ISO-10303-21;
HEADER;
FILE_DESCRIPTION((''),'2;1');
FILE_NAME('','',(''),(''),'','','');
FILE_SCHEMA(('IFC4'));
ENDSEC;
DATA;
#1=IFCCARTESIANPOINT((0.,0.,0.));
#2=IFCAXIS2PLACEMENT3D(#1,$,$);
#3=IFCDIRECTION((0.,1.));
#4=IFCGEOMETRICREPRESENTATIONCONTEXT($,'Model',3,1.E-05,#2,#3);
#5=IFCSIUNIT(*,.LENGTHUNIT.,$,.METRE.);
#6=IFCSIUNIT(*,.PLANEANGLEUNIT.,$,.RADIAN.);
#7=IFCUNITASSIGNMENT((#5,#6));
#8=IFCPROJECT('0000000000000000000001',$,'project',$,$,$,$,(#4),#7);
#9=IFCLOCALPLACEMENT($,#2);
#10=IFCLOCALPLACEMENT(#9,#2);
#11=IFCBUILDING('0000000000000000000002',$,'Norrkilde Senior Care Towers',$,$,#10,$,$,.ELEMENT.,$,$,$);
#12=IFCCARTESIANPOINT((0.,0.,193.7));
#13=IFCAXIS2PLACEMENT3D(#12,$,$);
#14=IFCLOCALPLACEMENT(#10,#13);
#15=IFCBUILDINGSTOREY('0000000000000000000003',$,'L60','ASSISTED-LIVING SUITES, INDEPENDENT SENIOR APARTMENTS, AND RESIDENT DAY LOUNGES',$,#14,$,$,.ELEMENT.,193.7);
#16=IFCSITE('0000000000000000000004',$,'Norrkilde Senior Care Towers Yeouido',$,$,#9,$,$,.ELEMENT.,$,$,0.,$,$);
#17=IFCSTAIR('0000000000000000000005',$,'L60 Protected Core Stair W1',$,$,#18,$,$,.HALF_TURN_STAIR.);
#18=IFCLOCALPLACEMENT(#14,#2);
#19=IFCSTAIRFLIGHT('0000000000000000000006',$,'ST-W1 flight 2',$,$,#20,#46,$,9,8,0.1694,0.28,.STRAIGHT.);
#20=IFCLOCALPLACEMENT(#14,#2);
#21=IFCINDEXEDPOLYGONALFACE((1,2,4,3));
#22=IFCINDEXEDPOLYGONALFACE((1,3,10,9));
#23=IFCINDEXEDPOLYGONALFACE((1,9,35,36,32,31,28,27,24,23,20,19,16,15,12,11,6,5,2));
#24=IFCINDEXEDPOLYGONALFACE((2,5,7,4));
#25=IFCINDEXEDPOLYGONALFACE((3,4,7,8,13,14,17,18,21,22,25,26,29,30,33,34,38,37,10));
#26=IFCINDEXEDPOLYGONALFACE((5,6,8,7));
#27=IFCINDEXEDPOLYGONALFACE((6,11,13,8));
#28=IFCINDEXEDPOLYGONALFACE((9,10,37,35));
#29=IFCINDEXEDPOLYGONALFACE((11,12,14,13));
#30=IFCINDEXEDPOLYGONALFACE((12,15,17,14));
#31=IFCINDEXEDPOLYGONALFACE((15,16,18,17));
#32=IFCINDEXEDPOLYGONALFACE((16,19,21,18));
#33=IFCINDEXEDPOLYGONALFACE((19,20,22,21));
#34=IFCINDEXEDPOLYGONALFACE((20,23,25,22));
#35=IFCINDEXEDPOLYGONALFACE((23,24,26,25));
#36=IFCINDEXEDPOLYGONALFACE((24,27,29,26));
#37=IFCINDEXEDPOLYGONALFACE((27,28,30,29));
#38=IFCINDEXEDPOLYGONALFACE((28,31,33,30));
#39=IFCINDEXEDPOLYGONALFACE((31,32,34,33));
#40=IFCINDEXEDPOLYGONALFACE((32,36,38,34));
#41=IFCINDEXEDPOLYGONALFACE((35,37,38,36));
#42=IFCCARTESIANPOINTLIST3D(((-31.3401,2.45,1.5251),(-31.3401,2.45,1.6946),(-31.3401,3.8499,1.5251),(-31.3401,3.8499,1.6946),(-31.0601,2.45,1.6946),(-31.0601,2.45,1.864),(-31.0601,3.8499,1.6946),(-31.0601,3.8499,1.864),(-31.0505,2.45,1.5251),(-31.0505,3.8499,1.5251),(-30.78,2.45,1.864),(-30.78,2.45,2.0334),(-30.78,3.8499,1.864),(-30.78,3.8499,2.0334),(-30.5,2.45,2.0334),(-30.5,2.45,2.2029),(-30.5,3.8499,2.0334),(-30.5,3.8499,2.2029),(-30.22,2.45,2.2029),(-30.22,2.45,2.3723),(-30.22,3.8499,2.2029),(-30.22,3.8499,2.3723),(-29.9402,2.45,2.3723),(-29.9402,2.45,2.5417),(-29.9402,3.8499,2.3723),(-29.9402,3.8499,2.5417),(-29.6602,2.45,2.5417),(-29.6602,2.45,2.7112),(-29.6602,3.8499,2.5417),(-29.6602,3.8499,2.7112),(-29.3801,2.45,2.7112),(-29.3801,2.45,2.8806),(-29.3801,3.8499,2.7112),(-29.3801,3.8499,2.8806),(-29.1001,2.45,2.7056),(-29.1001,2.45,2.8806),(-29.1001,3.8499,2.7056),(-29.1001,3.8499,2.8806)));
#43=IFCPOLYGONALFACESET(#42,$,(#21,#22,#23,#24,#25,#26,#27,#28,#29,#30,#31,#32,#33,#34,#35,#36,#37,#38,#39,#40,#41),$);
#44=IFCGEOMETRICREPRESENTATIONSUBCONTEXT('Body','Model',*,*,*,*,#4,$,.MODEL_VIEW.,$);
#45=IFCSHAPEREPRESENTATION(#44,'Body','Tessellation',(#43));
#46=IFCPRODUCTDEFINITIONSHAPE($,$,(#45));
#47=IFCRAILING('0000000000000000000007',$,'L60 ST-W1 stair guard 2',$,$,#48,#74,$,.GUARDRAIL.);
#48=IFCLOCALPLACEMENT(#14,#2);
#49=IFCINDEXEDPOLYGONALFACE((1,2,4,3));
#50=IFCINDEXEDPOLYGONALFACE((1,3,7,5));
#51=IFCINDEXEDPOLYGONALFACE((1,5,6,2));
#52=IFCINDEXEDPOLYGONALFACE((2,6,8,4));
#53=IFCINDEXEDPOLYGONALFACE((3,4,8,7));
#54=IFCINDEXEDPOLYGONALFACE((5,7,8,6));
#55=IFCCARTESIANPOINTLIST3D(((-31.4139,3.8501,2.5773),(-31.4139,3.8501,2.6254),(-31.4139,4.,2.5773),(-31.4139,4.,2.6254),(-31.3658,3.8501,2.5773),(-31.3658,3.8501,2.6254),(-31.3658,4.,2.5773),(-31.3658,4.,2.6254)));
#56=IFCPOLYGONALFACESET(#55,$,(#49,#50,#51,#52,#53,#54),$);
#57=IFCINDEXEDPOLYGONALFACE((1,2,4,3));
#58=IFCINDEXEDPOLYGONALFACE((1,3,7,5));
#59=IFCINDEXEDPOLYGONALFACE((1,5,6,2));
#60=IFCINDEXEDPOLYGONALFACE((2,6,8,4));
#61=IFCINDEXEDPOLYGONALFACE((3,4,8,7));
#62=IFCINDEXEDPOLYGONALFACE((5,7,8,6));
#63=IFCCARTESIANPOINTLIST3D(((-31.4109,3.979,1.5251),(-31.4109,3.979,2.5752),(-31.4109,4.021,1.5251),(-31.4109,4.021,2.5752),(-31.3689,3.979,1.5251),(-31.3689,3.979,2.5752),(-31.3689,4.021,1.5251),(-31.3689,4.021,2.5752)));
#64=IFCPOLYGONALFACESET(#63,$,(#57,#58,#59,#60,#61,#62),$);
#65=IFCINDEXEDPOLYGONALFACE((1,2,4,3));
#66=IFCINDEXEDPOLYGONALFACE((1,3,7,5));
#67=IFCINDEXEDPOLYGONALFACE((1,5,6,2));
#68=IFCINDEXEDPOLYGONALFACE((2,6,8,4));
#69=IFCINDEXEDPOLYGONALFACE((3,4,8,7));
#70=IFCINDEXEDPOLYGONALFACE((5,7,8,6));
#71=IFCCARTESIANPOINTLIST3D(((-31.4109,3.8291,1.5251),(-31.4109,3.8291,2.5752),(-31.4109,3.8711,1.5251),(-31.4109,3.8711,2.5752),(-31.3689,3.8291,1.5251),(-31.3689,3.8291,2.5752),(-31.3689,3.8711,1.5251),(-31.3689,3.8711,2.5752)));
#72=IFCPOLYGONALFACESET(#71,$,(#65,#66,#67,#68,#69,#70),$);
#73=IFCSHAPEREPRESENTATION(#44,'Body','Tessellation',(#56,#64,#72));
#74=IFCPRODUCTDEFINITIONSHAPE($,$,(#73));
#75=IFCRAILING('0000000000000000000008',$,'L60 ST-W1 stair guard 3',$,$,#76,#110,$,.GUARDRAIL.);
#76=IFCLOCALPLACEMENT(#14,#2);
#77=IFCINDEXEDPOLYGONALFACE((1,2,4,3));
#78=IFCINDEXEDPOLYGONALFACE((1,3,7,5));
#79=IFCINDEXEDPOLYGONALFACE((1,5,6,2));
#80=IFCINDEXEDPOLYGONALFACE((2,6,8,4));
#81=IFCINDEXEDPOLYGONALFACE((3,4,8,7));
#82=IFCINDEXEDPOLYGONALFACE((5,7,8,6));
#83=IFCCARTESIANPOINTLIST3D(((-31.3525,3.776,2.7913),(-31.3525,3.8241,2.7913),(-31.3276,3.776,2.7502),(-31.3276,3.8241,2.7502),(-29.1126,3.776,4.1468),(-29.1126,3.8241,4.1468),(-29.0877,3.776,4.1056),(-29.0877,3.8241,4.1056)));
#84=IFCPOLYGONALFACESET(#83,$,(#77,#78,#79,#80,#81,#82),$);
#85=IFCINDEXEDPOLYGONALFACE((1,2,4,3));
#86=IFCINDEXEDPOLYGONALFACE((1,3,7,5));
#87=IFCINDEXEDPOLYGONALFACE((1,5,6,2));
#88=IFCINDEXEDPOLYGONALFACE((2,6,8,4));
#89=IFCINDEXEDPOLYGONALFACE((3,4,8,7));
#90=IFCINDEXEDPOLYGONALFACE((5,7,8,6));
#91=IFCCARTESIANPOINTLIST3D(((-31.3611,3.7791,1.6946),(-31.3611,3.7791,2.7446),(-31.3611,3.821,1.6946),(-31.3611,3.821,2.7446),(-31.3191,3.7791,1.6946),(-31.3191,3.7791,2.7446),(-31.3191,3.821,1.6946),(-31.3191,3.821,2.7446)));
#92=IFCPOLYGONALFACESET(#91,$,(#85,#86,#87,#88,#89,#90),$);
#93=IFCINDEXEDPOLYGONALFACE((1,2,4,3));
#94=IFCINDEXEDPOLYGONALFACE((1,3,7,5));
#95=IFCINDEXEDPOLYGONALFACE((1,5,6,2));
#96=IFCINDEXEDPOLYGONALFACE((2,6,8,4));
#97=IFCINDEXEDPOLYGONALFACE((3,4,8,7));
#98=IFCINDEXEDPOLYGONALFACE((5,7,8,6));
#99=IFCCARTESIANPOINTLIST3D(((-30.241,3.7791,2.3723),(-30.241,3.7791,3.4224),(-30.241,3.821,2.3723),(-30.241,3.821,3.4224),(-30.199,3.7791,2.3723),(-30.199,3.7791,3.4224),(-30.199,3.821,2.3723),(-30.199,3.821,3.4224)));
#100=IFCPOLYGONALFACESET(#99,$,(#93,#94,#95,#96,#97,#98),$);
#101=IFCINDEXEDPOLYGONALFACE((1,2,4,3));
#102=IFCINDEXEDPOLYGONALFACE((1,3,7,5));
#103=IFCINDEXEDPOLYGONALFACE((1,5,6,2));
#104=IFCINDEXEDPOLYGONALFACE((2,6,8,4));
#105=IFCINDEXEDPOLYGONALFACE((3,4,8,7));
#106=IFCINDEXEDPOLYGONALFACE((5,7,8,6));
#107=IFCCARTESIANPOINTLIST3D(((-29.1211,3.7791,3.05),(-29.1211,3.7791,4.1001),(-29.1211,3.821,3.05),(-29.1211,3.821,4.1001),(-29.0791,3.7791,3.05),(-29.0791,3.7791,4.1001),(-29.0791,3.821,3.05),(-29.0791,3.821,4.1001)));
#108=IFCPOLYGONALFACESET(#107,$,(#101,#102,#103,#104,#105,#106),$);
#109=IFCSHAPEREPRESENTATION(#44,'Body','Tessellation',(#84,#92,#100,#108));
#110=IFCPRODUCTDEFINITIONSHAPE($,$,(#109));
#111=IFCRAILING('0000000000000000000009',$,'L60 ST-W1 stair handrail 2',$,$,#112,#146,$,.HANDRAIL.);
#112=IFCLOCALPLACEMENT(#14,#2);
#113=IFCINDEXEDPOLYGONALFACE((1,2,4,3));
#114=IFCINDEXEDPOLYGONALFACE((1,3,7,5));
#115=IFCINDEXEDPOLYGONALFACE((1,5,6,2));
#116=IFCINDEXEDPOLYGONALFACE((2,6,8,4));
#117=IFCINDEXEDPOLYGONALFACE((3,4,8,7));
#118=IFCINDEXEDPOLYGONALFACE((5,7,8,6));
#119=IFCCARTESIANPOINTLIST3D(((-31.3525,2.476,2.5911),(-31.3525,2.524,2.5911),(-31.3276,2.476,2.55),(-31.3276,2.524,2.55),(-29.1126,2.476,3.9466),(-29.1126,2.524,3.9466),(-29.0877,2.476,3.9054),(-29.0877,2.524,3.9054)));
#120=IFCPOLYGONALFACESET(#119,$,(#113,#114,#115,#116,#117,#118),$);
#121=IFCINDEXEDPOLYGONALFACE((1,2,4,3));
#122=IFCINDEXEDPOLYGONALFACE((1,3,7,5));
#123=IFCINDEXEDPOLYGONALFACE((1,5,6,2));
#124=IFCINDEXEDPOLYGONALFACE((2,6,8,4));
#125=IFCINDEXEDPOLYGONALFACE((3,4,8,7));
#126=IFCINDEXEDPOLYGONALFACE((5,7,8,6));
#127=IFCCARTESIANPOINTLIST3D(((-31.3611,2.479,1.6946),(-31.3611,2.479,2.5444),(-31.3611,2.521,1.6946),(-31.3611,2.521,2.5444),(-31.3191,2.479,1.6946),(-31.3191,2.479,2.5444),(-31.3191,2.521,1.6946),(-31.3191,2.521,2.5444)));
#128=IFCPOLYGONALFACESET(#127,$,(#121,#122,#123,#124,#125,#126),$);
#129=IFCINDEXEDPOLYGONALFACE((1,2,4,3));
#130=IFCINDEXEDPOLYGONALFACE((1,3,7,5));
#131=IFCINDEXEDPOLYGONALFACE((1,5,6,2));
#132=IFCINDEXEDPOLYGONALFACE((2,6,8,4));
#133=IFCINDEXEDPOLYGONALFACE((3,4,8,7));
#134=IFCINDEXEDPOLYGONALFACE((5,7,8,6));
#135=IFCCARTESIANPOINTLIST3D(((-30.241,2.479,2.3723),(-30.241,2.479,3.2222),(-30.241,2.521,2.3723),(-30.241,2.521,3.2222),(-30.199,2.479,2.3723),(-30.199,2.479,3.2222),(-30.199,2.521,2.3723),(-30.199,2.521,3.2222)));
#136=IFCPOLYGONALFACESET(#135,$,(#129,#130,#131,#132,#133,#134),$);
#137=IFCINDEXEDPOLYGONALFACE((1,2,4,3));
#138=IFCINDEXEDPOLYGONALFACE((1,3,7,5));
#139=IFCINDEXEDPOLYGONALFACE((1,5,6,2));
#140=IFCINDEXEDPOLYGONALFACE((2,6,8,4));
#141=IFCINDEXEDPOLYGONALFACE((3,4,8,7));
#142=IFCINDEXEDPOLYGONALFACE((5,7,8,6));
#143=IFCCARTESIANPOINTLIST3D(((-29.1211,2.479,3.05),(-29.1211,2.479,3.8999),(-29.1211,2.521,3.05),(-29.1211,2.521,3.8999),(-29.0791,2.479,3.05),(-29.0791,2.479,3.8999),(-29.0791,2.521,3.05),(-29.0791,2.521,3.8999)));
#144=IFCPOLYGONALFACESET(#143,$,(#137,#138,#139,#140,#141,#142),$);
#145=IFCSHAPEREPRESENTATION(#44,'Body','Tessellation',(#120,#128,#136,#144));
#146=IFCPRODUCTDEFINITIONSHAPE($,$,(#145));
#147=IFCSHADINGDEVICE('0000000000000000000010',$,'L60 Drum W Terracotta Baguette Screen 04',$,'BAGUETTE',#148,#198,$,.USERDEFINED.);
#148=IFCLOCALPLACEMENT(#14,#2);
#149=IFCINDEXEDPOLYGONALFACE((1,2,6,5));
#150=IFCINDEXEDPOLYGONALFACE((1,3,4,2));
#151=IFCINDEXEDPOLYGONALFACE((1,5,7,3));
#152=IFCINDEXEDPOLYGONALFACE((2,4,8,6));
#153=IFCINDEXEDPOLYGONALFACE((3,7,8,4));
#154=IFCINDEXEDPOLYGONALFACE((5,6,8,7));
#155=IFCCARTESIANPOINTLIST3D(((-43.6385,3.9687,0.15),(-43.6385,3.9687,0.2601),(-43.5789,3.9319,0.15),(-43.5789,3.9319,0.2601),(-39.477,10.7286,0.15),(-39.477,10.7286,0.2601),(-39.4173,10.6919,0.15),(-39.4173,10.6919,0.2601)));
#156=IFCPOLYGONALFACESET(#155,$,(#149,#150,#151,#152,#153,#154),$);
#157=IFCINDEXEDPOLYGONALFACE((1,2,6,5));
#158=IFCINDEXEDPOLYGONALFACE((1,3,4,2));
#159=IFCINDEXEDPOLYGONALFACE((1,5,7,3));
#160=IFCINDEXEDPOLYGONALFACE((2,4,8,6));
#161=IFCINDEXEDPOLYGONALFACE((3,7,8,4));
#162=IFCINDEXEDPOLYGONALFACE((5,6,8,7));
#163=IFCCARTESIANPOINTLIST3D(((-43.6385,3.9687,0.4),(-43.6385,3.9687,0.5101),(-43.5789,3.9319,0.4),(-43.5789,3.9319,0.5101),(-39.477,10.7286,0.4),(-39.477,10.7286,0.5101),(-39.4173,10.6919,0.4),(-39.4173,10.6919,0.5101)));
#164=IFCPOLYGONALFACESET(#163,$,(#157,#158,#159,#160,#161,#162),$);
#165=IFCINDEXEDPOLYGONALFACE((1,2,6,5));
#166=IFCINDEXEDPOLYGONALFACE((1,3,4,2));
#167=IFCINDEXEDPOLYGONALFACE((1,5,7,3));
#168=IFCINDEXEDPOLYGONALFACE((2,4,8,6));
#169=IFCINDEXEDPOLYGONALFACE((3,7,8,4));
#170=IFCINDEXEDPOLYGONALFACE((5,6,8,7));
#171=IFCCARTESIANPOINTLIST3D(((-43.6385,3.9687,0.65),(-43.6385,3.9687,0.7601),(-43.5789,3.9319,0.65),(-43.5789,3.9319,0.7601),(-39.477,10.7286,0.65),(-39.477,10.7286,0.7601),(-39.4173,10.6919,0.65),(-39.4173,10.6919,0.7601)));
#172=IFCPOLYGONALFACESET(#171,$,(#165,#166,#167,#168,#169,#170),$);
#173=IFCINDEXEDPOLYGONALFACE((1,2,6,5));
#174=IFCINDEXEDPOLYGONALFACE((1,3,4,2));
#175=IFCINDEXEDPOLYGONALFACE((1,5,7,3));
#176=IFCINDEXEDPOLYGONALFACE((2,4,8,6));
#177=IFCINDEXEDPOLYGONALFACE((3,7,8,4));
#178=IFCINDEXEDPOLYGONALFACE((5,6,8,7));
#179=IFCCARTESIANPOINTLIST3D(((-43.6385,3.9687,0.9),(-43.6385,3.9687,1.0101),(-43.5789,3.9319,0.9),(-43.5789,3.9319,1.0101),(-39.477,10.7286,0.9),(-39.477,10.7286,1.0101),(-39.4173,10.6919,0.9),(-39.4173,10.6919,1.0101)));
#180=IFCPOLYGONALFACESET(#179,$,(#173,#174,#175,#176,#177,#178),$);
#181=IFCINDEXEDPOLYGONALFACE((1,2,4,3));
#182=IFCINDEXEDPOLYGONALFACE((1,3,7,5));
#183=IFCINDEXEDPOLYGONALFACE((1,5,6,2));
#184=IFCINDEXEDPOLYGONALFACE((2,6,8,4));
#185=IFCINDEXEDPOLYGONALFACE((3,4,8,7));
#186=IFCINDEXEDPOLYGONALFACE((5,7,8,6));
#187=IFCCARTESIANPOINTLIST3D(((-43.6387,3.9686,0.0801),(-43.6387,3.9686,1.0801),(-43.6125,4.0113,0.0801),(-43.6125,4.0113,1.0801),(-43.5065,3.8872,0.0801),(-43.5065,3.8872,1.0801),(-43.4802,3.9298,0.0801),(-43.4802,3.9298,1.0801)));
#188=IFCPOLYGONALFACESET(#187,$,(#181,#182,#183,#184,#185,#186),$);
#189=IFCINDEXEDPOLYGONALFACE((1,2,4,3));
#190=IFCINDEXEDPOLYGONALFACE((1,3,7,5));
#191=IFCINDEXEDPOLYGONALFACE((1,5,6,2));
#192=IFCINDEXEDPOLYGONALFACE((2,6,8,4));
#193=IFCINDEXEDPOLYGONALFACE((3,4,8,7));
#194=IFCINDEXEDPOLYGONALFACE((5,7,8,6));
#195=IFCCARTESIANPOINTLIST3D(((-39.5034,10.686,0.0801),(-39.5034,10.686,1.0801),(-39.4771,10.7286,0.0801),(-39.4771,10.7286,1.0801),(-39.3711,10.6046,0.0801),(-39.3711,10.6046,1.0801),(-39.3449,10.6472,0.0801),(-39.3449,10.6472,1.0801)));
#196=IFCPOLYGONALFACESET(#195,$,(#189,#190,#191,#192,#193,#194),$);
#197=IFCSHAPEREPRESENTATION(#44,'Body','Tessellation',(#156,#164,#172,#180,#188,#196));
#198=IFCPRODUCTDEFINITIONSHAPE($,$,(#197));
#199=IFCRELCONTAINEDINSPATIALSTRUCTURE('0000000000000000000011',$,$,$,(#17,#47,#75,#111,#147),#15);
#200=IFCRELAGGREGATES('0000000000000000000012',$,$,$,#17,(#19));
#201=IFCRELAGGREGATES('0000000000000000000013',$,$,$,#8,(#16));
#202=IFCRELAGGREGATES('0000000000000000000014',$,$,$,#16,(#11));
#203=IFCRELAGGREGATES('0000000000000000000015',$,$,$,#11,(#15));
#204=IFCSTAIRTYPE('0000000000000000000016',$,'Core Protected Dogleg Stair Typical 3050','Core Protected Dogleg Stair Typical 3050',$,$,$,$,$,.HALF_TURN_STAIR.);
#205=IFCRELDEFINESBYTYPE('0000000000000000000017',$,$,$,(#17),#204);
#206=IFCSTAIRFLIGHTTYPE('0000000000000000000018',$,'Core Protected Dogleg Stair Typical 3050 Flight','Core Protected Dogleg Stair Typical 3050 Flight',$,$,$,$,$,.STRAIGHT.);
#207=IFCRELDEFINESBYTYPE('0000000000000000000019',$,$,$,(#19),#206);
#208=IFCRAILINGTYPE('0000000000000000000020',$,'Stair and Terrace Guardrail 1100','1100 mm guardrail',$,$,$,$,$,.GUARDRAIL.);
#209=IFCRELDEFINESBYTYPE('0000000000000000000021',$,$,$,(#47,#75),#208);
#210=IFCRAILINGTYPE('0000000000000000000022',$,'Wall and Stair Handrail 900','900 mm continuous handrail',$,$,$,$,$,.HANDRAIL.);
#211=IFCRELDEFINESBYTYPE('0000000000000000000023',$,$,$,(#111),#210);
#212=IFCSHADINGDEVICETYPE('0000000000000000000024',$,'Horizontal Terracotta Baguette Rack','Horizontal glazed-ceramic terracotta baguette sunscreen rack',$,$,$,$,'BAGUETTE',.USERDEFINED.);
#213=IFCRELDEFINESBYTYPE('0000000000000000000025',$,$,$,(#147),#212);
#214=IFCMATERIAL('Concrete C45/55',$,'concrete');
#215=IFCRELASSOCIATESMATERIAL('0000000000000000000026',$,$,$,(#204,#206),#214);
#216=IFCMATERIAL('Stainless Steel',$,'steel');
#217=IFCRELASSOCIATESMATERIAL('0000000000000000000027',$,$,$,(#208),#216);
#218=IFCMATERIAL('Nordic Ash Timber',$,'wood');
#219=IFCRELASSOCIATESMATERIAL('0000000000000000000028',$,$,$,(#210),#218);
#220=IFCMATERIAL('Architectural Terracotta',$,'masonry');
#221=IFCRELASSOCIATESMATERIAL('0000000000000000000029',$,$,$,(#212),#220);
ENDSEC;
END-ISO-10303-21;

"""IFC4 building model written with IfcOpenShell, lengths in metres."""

from ifc_helpers import new_model, si_unit, direction, frame, origin, origin_2d, place, context, subcontext, project, spatial, polyline, rectangle, outline, extrude, source, transform, mapped, material, type_object, type_shapes, element, aggregate, save


model = new_model("IFC4")

# Units and contexts
model_context = context("Model", 3, precision=1e-05, world=origin(), true_north=direction((0.0, 1.0)))
body_context = subcontext(model_context, "Body", "Model", "MODEL_VIEW")
ifc_project = project(units=[si_unit("LENGTHUNIT", "METRE"), si_unit("PLANEANGLEUNIT", "RADIAN")], contexts=[model_context])

# Site, building, storey
site_placement = place(None, origin())
site = spatial("IfcSite", under=ifc_project, at=site_placement, Name="Norrkilde Senior Care Towers Yeouido", CompositionType="ELEMENT", RefElevation=0.0)
building_placement = place(site_placement, origin())
building = spatial("IfcBuilding", under=site, at=building_placement, Name="Norrkilde Senior Care Towers", CompositionType="ELEMENT")
storey_placement = place(building_placement, frame((0.0, 0.0, 193.7)))
storey = spatial("IfcBuildingStorey", under=building, at=storey_placement, Name="L60", Description="ASSISTED-LIVING SUITES, INDEPENDENT SENIOR APARTMENTS, AND RESIDENT DAY LOUNGES", CompositionType="ELEMENT", Elevation=193.7)

# Shared definitions
ifc_material_1 = material(Name="Concrete C45/55", Category="concrete")
ifc_material_2 = material(Name="Nordic Ash Timber", Category="wood")

# Stair, stair flight
stair_type = type_object("IfcStairType", Name="Core Protected Dogleg Stair Typical 3050", Description="Core Protected Dogleg Stair Typical 3050", PredefinedType="HALF_TURN_STAIR", material=ifc_material_1)
stair_placement = place(storey_placement, origin())
stair = element("IfcStair", 1, at=stair_placement, inside=storey, type_object=stair_type, Name="L60 Protected Core Stair W1", PredefinedType="HALF_TURN_STAIR")
stair_flight_type = type_object("IfcStairFlightType", Name="Core Protected Dogleg Stair Typical 3050 Flight", Description="Core Protected Dogleg Stair Typical 3050 Flight", PredefinedType="STRAIGHT", material=ifc_material_1)
stair_flight_placement = place(storey_placement, frame((-31.3401, 3.1499, 1.5251), z_axis=(0.0, 0.0, 1.0), x_axis=(1.0, 0.0, 0.0)))
stair_flight = element("IfcStairFlight", 2, at=stair_flight_placement, type_object=stair_flight_type, Name="ST-W1 flight 2", NumberOfRisers=9, NumberOfTreads=8, PredefinedType="STRAIGHT", RiserHeight=0.1694, TreadLength=0.28, context=body_context, shape_type="SweptSolid", body=[
    extrude(outline(polyline([(0.0, 0.0), (0.0, 0.1694), (0.28, 0.1694), (0.28, 0.3389), (0.5601, 0.3389), (0.5601, 0.5083), (0.8401, 0.5083), (0.8401, 0.6777), (1.1201, 0.6777), (1.1201, 0.8472), (1.3999, 0.8472), (1.3999, 1.0166), (1.6799, 1.0166), (1.6799, 1.186), (1.96, 1.186), (1.96, 1.3555), (2.24, 1.3555), (2.24, 1.5249), (2.24, 1.1804), (0.2896, 0.0), (0.0, 0.0)])), frame((0.0, 0.7, 0.0), z_axis=(0.0, -1.0, 0.0), x_axis=(1.0, 0.0, 0.0)), (0.0, 0.0, 1.0), 1.3999),
])
aggregate(stair, [stair_flight])

# Railings
ifc_material_3 = material(Name="Stainless Steel", Category="steel")
railing_type_1 = type_object("IfcRailingType", Name="Stair and Terrace Guardrail 1100", Description="1100 mm guardrail", PredefinedType="GUARDRAIL", material=ifc_material_3)
railing_1_placement = place(storey_placement, frame((-31.3899, 4.0, 1.5251)))
element("IfcRailing", 3, at=railing_1_placement, inside=storey, type_object=railing_type_1, Name="L60 ST-W1 stair guard 2", PredefinedType="GUARDRAIL", context=body_context, shape_type="SweptSolid", body=[
    extrude(rectangle(XDim=0.0481, YDim=0.0481, at=origin_2d()), frame((0.0, 0.0, 1.0762), z_axis=(0.0, -1.0, 0.0), x_axis=(1.0, 0.0, 0.0)), (0.0, 0.0, 1.0), 0.1499),
    extrude(rectangle(XDim=0.042, YDim=0.042, at=origin_2d()), origin(), (0.0, 0.0, 1.0), 1.05),
    extrude(rectangle(XDim=0.042, YDim=0.042, at=origin_2d()), frame((0.0, -0.1499, 0.0)), (0.0, 0.0, 1.0), 1.05),
])
railing_2_placement = place(storey_placement, frame((-31.3401, 3.8, 1.6946)))
element("IfcRailing", 4, at=railing_2_placement, inside=storey, type_object=railing_type_1, Name="L60 ST-W1 stair guard 3", PredefinedType="GUARDRAIL", context=body_context, shape_type="SweptSolid", body=[
    extrude(rectangle(XDim=0.0481, YDim=0.0481, at=origin_2d()), frame((0.0, 0.0, 1.0762), z_axis=(0.855553, 0.0, 0.517715), x_axis=(0.0, 1.0, 0.0)), (0.0, 0.0, 1.0), 2.6182),
    extrude(rectangle(XDim=0.042, YDim=0.042, at=origin_2d()), origin(), (0.0, 0.0, 1.0), 1.05),
    extrude(rectangle(XDim=0.042, YDim=0.042, at=origin_2d()), frame((1.1201, 0.0, 0.6777)), (0.0, 0.0, 1.0), 1.05),
    extrude(rectangle(XDim=0.042, YDim=0.042, at=origin_2d()), frame((2.24, 0.0, 1.3555)), (0.0, 0.0, 1.0), 1.05),
])
railing_type_2 = type_object("IfcRailingType", Name="Wall and Stair Handrail 900", Description="900 mm continuous handrail", PredefinedType="HANDRAIL", material=ifc_material_2)
railing_3_placement = place(storey_placement, frame((-31.3401, 2.5, 1.6946)))
element("IfcRailing", 5, at=railing_3_placement, inside=storey, type_object=railing_type_2, Name="L60 ST-W1 stair handrail 2", PredefinedType="HANDRAIL", context=body_context, shape_type="SweptSolid", body=[
    extrude(rectangle(XDim=0.0481, YDim=0.0481, at=origin_2d()), frame((0.0, 0.0, 0.876), z_axis=(0.855553, 0.0, 0.517715), x_axis=(0.0, 1.0, 0.0)), (0.0, 0.0, 1.0), 2.6182),
    extrude(rectangle(XDim=0.042, YDim=0.042, at=origin_2d()), origin(), (0.0, 0.0, 1.0), 0.8499),
    extrude(rectangle(XDim=0.042, YDim=0.042, at=origin_2d()), frame((1.1201, 0.0, 0.6777)), (0.0, 0.0, 1.0), 0.8499),
    extrude(rectangle(XDim=0.042, YDim=0.042, at=origin_2d()), frame((2.24, 0.0, 1.3555)), (0.0, 0.0, 1.0), 0.8499),
])

# Shading device
ifc_material_4 = material(Name="Architectural Terracotta", Category="masonry")
shading_device_type = type_object("IfcShadingDeviceType", Name="Horizontal Terracotta Baguette Rack", Description="Horizontal glazed-ceramic terracotta baguette sunscreen rack", ElementType="BAGUETTE", PredefinedType="USERDEFINED", material=ifc_material_4)
shared_shape_1 = source(origin(), body_context, "Body", "SweptSolid", [
    extrude(rectangle(XDim=0.0701, YDim=0.1101, at=origin_2d()), frame((0.0, 0.0901, 0.125), z_axis=(1.0, 0.0, 0.0), x_axis=(0.0, 1.0, 0.0)), (0.0, 0.0, 1.0), 7.9382),
    extrude(rectangle(XDim=0.0701, YDim=0.1101, at=origin_2d()), frame((0.0, 0.0901, 0.375), z_axis=(1.0, 0.0, 0.0), x_axis=(0.0, 1.0, 0.0)), (0.0, 0.0, 1.0), 7.9382),
    extrude(rectangle(XDim=0.0701, YDim=0.1101, at=origin_2d()), frame((0.0, 0.0901, 0.625), z_axis=(1.0, 0.0, 0.0), x_axis=(0.0, 1.0, 0.0)), (0.0, 0.0, 1.0), 7.9382),
    extrude(rectangle(XDim=0.0701, YDim=0.1101, at=origin_2d()), frame((0.0, 0.0901, 0.875), z_axis=(1.0, 0.0, 0.0), x_axis=(0.0, 1.0, 0.0)), (0.0, 0.0, 1.0), 7.9382),
    extrude(rectangle(XDim=0.05, YDim=0.1553, at=origin_2d()), frame((0.0249, 0.0476, 0.0)), (0.0, 0.0, 1.0), 1.0),
    extrude(rectangle(XDim=0.05, YDim=0.1553, at=origin_2d()), frame((7.9131, 0.0476, 0.0)), (0.0, 0.0, 1.0), 1.0),
])
type_shapes(shading_device_type, [shared_shape_1])
shading_device_placement = place(storey_placement, frame((-43.532, 3.9031, 0.0801), z_axis=(0.0, 0.0, 1.0), x_axis=(0.52425, 0.851576, 0.0)))
element("IfcShadingDevice", 6, at=shading_device_placement, inside=storey, type_object=shading_device_type, Name="L60 Drum W Terracotta Baguette Screen 04", ObjectType="BAGUETTE", PredefinedType="USERDEFINED", context=body_context, shape_type="MappedRepresentation", body=[
    mapped(shared_shape_1, transform((0.0, 0.0, 0.0), x_axis=(1.0, 0.0, 0.0), y_axis=(0.0, 1.0, 0.0), z_axis=(0.0, 0.0, 1.0), scale=1.0)),
])

save(model, "model.ifc")
